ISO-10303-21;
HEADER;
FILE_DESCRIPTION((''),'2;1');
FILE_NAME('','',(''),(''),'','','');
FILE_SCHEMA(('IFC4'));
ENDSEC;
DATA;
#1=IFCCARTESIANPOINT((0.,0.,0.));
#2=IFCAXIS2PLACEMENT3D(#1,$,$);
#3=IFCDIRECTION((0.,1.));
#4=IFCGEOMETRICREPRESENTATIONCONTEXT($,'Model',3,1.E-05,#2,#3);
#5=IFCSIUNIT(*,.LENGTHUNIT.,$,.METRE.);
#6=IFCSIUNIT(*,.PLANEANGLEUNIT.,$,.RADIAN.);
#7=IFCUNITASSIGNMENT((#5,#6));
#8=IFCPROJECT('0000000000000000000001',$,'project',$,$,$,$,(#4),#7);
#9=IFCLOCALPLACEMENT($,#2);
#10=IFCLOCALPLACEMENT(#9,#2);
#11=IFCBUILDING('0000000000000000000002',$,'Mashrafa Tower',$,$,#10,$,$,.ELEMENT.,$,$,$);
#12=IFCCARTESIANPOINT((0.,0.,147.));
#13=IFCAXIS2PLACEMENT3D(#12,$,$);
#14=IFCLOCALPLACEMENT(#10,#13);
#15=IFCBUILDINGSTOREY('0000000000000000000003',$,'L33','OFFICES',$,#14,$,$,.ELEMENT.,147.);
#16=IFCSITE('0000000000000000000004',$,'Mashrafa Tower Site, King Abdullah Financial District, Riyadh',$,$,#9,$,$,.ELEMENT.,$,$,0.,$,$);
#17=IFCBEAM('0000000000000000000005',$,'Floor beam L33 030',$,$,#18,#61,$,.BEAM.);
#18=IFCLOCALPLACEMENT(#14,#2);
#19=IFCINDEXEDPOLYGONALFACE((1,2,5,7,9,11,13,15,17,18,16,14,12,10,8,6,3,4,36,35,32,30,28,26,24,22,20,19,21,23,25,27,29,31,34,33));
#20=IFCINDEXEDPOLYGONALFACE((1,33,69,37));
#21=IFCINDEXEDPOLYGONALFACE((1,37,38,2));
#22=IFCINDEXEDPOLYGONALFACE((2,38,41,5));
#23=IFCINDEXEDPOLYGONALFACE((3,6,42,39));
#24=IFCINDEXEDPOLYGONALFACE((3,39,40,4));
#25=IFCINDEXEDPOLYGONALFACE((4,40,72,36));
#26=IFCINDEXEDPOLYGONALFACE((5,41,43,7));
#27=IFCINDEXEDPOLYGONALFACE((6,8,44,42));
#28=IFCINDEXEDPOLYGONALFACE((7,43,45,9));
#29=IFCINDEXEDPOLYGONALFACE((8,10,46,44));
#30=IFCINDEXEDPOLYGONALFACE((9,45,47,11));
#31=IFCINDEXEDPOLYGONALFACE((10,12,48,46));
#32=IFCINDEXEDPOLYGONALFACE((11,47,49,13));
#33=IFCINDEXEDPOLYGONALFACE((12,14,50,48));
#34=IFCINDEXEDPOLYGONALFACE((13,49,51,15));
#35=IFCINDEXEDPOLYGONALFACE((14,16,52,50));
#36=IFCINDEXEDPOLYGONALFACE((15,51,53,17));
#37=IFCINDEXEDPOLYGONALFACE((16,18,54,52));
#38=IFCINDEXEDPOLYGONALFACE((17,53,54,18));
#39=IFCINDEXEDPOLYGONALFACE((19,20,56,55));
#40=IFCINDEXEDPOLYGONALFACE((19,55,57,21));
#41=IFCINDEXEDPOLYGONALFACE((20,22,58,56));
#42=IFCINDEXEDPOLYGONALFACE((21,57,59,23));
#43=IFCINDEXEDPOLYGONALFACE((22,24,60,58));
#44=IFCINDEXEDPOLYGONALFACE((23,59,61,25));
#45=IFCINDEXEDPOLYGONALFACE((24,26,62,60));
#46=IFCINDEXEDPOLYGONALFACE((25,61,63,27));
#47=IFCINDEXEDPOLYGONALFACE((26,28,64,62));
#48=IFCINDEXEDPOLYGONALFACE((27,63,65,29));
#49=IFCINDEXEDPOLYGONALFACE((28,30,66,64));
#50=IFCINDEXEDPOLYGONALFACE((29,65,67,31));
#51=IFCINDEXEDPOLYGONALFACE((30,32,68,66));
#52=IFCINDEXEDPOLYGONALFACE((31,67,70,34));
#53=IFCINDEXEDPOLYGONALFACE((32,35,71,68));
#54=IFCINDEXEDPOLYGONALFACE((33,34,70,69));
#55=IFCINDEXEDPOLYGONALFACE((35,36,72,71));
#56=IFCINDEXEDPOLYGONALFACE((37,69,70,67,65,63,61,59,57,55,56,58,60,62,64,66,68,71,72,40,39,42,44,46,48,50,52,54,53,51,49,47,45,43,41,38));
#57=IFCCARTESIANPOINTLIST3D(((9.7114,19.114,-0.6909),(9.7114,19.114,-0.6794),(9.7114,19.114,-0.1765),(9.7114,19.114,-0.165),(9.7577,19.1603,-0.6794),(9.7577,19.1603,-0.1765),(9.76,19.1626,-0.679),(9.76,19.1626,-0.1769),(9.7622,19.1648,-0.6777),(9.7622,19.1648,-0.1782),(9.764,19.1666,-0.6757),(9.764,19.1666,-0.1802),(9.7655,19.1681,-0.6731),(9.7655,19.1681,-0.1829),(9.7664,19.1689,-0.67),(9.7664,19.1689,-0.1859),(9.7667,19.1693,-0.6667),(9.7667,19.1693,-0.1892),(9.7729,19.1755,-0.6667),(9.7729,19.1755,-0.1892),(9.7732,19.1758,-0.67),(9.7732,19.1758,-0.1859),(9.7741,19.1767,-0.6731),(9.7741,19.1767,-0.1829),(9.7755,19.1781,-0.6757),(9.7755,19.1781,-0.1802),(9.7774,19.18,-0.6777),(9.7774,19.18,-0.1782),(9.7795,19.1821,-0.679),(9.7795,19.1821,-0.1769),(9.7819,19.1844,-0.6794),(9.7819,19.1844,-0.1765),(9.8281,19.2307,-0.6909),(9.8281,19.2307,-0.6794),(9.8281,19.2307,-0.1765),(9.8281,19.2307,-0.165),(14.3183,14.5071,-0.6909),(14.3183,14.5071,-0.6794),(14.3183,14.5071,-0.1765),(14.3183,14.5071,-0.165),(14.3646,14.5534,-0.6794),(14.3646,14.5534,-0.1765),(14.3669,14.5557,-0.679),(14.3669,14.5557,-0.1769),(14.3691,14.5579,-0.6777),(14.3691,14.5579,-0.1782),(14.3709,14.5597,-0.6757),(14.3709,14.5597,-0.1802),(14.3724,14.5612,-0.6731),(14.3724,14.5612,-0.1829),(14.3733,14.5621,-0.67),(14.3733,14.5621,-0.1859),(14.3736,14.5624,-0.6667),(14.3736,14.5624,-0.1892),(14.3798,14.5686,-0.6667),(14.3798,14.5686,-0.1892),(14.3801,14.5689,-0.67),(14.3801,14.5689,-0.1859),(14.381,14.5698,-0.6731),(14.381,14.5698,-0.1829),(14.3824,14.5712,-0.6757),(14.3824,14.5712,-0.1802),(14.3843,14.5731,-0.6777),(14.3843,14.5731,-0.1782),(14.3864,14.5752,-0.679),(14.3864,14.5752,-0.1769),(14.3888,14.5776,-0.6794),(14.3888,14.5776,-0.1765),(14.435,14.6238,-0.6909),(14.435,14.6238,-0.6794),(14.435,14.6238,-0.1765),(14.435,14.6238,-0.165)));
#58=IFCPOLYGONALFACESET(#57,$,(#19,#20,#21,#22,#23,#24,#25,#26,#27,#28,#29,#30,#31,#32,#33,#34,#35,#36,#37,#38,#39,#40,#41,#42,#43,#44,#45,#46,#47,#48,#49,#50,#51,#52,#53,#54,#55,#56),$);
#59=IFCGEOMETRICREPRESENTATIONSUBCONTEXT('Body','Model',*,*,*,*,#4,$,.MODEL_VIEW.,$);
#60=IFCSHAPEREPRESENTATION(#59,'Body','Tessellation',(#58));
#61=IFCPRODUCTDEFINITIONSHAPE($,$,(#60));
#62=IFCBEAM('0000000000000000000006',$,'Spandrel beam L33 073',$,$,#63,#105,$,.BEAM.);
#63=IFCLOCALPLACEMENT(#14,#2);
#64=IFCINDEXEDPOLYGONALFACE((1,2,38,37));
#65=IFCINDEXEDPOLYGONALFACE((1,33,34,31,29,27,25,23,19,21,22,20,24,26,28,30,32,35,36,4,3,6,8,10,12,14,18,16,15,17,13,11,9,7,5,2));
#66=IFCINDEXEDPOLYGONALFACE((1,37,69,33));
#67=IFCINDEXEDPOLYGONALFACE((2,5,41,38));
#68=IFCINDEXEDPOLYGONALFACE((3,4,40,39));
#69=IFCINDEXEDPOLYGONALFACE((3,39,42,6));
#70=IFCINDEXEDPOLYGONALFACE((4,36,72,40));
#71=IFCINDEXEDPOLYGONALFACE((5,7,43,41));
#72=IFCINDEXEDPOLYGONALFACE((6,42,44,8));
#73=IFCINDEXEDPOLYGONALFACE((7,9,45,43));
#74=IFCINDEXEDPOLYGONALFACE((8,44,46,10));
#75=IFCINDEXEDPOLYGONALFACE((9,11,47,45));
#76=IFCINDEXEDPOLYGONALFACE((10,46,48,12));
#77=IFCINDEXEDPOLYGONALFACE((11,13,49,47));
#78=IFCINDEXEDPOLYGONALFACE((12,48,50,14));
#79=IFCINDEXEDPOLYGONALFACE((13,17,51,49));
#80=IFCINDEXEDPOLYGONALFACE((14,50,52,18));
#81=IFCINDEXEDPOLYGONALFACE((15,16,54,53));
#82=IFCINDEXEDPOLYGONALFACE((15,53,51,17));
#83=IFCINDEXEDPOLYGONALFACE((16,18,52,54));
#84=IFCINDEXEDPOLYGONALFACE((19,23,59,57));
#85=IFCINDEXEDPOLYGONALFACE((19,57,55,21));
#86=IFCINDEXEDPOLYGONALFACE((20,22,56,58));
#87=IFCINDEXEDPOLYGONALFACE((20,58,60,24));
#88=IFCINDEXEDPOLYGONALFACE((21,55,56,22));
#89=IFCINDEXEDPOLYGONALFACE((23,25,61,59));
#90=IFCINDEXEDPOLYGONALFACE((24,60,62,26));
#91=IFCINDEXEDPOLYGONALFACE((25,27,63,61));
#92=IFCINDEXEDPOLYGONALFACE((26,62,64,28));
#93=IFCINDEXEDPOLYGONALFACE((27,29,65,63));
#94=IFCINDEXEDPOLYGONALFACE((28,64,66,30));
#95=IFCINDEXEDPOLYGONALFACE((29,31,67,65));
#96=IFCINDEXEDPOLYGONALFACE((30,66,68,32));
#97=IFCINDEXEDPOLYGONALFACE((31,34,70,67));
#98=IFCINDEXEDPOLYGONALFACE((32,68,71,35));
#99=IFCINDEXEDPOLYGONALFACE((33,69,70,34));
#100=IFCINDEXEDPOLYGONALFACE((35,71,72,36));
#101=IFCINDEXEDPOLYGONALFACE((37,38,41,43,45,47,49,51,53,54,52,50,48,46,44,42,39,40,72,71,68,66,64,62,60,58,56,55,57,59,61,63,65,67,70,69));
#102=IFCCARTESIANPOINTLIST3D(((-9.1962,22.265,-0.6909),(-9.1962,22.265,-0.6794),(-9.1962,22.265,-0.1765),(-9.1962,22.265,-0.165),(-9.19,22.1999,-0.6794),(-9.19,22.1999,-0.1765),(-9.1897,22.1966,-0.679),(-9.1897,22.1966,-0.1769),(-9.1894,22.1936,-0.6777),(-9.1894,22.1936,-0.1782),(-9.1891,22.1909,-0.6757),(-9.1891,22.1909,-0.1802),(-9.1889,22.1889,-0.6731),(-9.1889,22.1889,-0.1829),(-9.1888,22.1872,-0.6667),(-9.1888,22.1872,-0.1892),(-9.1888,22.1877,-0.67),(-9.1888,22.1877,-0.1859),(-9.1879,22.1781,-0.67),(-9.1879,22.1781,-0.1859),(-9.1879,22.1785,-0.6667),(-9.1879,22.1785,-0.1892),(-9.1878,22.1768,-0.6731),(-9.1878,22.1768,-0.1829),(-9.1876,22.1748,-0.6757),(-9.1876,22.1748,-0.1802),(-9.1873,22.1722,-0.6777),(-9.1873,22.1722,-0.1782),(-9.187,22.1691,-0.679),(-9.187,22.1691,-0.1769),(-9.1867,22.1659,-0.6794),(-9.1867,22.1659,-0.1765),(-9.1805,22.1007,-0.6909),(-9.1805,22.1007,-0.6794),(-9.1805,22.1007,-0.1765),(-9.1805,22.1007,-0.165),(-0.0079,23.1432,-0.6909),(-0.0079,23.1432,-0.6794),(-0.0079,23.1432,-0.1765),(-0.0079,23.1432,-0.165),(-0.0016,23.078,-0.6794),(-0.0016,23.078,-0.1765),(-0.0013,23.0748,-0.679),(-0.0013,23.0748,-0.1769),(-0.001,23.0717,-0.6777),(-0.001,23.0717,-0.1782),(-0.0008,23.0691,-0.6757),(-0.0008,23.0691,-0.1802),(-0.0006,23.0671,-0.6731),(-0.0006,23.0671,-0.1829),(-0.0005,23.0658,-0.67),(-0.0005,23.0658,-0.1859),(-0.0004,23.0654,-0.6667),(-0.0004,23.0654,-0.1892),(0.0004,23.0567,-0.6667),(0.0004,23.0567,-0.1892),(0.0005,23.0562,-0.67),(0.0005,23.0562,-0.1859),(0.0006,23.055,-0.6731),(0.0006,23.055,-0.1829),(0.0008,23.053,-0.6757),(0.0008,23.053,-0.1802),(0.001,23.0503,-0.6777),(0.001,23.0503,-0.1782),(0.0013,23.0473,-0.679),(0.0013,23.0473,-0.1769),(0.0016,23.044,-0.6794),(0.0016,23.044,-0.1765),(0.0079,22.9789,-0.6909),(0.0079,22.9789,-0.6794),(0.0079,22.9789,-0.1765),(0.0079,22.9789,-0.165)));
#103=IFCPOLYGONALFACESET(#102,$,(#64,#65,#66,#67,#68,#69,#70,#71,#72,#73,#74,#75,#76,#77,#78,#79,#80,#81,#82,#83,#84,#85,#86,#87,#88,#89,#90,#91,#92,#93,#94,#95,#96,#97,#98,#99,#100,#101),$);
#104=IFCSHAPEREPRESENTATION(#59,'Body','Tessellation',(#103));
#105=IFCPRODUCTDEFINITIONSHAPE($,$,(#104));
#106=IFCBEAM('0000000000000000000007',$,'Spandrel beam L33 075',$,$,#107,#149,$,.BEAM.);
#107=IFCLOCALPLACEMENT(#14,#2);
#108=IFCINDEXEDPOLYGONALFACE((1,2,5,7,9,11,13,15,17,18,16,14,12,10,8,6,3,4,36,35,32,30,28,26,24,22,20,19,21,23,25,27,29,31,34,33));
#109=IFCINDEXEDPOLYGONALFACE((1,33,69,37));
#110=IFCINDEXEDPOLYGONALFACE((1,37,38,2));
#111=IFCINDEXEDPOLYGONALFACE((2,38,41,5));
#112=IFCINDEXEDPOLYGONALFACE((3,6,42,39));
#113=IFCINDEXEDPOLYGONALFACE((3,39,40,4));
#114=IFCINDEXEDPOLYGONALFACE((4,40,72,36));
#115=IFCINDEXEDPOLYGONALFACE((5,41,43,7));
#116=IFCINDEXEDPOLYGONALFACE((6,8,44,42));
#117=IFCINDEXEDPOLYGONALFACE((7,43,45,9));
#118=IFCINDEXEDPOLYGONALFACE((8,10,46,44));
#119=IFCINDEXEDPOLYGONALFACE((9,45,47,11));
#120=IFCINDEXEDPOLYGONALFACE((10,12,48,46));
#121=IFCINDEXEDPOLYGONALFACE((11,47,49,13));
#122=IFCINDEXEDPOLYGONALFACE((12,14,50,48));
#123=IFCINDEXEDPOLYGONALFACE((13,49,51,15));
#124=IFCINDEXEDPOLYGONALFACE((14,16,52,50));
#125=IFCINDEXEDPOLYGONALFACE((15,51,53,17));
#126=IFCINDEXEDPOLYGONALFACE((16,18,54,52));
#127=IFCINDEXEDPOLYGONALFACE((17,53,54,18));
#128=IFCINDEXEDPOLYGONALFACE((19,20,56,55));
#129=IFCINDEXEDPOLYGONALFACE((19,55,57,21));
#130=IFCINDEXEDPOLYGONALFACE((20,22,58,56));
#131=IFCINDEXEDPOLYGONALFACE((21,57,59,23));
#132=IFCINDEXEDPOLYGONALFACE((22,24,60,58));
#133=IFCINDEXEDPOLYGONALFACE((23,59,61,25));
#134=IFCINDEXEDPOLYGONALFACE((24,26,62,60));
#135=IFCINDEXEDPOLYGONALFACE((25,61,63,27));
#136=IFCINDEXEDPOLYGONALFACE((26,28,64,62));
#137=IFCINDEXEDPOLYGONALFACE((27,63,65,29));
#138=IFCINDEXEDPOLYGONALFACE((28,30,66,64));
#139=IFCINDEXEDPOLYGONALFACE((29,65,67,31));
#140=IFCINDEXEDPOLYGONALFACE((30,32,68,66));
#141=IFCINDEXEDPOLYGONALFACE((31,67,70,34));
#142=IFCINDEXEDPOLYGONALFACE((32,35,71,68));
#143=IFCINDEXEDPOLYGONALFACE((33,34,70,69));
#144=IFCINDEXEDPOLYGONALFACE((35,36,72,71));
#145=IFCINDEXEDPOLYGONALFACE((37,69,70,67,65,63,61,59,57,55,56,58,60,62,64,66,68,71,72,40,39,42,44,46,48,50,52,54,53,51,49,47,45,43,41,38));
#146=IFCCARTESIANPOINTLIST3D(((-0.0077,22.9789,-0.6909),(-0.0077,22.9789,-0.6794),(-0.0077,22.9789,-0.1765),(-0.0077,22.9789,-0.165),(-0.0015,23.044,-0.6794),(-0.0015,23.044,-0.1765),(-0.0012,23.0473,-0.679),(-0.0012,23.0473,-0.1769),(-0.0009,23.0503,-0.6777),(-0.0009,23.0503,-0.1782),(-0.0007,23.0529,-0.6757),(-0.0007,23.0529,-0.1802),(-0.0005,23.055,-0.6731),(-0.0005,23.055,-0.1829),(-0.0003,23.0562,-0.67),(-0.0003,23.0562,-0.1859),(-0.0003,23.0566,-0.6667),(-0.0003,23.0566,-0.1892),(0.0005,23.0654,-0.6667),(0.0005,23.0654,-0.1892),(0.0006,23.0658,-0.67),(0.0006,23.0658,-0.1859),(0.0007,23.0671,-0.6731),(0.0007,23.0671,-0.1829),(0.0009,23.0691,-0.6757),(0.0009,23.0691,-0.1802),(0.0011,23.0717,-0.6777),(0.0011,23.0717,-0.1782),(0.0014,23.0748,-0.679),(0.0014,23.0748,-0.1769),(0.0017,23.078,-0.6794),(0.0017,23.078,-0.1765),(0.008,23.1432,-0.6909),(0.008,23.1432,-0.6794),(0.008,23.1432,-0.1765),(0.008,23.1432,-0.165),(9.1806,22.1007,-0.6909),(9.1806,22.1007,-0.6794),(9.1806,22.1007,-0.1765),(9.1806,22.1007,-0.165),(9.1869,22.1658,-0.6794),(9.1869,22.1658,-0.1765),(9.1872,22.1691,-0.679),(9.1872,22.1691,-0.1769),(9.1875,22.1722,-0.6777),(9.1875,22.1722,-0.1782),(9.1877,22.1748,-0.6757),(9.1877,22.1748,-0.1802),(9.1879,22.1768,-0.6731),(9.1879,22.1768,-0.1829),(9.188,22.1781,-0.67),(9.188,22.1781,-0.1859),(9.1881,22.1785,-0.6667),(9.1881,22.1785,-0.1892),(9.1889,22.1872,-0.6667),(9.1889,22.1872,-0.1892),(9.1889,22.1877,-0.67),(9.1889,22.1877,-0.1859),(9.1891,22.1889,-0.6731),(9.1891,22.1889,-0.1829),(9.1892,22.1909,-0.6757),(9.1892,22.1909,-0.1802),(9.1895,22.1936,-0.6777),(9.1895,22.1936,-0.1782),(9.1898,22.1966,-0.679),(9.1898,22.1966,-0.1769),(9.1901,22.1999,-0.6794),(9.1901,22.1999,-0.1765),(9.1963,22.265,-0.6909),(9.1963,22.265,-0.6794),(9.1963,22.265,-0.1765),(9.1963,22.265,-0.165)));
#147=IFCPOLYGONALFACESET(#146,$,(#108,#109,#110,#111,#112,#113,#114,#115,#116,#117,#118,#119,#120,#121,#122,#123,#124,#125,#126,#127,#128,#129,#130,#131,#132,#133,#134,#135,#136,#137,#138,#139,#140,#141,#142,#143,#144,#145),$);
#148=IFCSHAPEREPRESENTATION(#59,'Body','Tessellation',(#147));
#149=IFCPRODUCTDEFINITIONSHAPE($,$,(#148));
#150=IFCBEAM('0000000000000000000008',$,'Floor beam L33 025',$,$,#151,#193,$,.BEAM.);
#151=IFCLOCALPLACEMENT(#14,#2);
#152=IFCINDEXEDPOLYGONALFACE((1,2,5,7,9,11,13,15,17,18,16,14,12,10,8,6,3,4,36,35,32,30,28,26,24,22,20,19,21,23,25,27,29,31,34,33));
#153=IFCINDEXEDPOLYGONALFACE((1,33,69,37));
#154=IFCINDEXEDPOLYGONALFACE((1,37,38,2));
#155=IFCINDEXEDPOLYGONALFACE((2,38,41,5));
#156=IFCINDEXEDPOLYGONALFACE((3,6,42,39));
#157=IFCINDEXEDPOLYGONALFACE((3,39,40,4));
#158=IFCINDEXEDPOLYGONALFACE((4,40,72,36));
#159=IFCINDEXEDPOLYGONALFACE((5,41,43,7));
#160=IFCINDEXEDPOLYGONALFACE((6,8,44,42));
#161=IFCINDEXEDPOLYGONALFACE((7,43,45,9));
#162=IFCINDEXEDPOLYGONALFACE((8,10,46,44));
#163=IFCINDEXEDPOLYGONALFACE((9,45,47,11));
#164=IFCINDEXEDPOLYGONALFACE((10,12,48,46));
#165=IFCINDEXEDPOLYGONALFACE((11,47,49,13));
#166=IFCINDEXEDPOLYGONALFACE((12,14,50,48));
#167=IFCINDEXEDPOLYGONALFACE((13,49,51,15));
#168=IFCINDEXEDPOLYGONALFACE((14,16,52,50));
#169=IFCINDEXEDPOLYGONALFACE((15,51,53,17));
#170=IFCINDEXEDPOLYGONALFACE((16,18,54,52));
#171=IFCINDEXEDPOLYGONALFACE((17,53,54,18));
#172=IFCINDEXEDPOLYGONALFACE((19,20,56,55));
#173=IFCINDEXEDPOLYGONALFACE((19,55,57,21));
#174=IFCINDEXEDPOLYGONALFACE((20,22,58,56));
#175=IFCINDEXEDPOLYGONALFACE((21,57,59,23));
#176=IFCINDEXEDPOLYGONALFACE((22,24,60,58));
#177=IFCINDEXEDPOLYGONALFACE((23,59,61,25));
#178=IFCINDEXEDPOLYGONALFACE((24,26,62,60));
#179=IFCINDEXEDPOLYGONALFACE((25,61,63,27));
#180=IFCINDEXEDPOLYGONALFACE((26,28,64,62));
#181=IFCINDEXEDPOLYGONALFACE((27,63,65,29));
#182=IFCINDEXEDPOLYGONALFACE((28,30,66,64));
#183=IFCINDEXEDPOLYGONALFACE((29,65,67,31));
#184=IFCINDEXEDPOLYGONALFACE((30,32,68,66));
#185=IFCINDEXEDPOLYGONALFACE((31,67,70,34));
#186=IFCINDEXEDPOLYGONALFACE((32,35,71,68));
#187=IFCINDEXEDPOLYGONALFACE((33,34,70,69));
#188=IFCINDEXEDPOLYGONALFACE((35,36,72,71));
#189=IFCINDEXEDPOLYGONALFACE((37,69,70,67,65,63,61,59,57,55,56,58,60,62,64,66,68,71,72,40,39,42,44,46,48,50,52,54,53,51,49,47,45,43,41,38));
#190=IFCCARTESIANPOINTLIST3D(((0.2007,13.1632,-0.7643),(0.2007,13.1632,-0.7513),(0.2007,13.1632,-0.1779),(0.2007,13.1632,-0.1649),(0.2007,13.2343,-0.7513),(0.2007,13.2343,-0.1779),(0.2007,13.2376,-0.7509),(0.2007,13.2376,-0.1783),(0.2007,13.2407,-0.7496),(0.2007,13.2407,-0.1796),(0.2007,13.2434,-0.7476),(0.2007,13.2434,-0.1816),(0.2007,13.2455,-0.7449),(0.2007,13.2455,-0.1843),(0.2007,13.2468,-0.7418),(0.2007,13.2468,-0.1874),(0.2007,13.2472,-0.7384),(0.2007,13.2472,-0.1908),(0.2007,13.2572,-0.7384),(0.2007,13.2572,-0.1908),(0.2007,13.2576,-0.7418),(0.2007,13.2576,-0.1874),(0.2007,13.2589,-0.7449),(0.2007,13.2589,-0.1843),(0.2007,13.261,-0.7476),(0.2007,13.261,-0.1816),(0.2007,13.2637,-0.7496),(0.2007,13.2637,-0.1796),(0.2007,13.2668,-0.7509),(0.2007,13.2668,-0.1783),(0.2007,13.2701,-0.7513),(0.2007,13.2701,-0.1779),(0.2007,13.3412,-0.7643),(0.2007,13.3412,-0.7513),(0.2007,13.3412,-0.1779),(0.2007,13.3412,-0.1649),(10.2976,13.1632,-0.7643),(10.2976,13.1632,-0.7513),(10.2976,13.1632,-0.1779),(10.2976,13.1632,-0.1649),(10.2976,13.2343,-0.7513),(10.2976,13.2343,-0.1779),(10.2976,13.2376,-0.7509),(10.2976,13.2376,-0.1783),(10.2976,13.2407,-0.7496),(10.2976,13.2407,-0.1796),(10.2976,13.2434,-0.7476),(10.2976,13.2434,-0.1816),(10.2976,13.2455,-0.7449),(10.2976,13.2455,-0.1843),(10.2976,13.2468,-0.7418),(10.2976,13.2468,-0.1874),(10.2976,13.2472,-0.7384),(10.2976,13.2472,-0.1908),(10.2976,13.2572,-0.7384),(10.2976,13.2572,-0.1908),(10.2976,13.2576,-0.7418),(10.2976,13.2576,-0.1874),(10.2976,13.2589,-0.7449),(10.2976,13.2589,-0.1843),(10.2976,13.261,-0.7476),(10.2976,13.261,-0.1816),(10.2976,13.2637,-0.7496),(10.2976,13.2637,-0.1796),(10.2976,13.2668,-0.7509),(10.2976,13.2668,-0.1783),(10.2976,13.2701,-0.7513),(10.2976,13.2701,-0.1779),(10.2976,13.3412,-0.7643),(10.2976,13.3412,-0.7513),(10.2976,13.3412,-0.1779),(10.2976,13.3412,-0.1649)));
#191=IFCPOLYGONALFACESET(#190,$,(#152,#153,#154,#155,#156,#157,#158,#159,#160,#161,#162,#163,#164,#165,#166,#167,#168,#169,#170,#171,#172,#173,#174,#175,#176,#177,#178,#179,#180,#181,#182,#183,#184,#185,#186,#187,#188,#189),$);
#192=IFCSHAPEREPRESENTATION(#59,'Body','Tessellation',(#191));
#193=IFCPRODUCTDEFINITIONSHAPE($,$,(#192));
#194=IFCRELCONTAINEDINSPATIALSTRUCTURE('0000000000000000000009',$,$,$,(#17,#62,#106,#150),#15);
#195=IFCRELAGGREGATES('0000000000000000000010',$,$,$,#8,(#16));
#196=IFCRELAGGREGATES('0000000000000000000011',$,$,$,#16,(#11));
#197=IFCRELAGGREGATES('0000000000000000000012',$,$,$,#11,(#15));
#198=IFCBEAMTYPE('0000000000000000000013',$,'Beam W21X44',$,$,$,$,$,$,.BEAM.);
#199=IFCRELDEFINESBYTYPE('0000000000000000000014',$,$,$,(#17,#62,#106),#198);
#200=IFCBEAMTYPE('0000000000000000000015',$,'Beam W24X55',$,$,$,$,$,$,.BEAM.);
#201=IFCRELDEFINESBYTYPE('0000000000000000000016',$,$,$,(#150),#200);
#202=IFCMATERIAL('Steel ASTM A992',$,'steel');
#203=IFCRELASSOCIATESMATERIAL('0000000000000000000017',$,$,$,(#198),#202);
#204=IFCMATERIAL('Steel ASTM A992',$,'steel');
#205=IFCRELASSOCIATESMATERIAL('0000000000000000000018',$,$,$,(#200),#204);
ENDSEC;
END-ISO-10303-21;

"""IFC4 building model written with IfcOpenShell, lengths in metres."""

from ifc_helpers import new_model, si_unit, direction, frame, origin, origin_2d, place, context, subcontext, project, spatial, i_section, extrude, material, material_profile, profile_set, type_object, element, save


model = new_model("IFC4")

# Units and contexts
model_context = context("Model", 3, precision=1e-05, world=origin(), true_north=direction((0.0, 1.0)))
body_context = subcontext(model_context, "Body", "Model", "MODEL_VIEW")
ifc_project = project(units=[si_unit("LENGTHUNIT", "METRE"), si_unit("PLANEANGLEUNIT", "RADIAN")], contexts=[model_context])

# Site, building, storey
site_placement = place(None, origin())
site = spatial("IfcSite", under=ifc_project, at=site_placement, Name="Mashrafa Tower Site, King Abdullah Financial District, Riyadh", CompositionType="ELEMENT", RefElevation=0.0)
building_placement = place(site_placement, origin())
building = spatial("IfcBuilding", under=site, at=building_placement, Name="Mashrafa Tower", CompositionType="ELEMENT")
storey_placement = place(building_placement, frame((0.0, 0.0, 147.0)))
storey = spatial("IfcBuildingStorey", under=building, at=storey_placement, Name="L33", Description="OFFICES", CompositionType="ELEMENT", Elevation=147.0)

# Beams
ifc_material_1 = material(Name="Steel ASTM A992", Category="steel")
ifc_material_profile_1 = material_profile(ifc_material_1, i_section(OverallWidth=0.165, OverallDepth=0.5259, WebThickness=0.0088, FlangeThickness=0.0115, FilletRadius=0.0127, at=origin_2d()), Name="W21X44")
ifc_profile_set_1 = profile_set([ifc_material_profile_1], Name="Steel ASTM A992")
beam_type_1 = type_object("IfcBeamType", Name="Beam W21X44", PredefinedType="BEAM", material=ifc_profile_set_1)
beam_1_placement = place(storey_placement, frame((9.7698, 19.1724, -0.428), z_axis=(0.707107, -0.707107, 0.0), x_axis=(0.707107, 0.707107, 0.0)))
element("IfcBeam", 1, at=beam_1_placement, inside=storey, type_object=beam_type_1, Name="Floor beam L33 030", PredefinedType="BEAM", context=body_context, shape_type="SweptSolid", body=[
    extrude(i_section(OverallWidth=0.165, OverallDepth=0.5259, WebThickness=0.0088, FlangeThickness=0.0115, FilletRadius=0.0127, at=origin_2d()), origin(), (0.0, 0.0, 1.0), 6.5151),
])
for number, where, z_axis, x_axis, name in (
    (2, (0.0, 23.061, -0.428), (-0.995464, -0.09514, 0.0), (0.09514, -0.995464, 0.0), "Spandrel beam L33 073"),
    (3, (9.1885, 22.1829, -0.428), (-0.995464, 0.09514, 0.0), (-0.09514, -0.995464, 0.0), "Spandrel beam L33 075"),
):
    element("IfcBeam", number, at=place(storey_placement, frame(where, z_axis=z_axis, x_axis=x_axis)), inside=storey, type_object=beam_type_1, Name=name, PredefinedType="BEAM", context=body_context, shape_type="SweptSolid", body=[
        extrude(i_section(OverallWidth=0.165, OverallDepth=0.5259, WebThickness=0.0088, FlangeThickness=0.0115, FilletRadius=0.0127, at=origin_2d()), origin(), (0.0, 0.0, 1.0), 9.2302),
    ])
ifc_material_2 = material(Name="Steel ASTM A992", Category="steel")
ifc_material_profile_2 = material_profile(ifc_material_2, i_section(OverallWidth=0.178, OverallDepth=0.5994, WebThickness=0.01, FlangeThickness=0.0129, FilletRadius=0.0129, at=origin_2d()), Name="W24X55")
ifc_profile_set_2 = profile_set([ifc_material_profile_2], Name="Steel ASTM A992")
beam_type_2 = type_object("IfcBeamType", Name="Beam W24X55", PredefinedType="BEAM", material=ifc_profile_set_2)
beam_2_placement = place(storey_placement, frame((0.2007, 13.2522, -0.4646), z_axis=(1.0, 0.0, 0.0), x_axis=(0.0, 1.0, 0.0)))
element("IfcBeam", 4, at=beam_2_placement, inside=storey, type_object=beam_type_2, Name="Floor beam L33 025", PredefinedType="BEAM", context=body_context, shape_type="SweptSolid", body=[
    extrude(i_section(OverallWidth=0.178, OverallDepth=0.5994, WebThickness=0.01, FlangeThickness=0.0129, FilletRadius=0.0129, at=origin_2d()), origin(), (0.0, 0.0, 1.0), 10.0969),
])

save(model, "model.ifc")
